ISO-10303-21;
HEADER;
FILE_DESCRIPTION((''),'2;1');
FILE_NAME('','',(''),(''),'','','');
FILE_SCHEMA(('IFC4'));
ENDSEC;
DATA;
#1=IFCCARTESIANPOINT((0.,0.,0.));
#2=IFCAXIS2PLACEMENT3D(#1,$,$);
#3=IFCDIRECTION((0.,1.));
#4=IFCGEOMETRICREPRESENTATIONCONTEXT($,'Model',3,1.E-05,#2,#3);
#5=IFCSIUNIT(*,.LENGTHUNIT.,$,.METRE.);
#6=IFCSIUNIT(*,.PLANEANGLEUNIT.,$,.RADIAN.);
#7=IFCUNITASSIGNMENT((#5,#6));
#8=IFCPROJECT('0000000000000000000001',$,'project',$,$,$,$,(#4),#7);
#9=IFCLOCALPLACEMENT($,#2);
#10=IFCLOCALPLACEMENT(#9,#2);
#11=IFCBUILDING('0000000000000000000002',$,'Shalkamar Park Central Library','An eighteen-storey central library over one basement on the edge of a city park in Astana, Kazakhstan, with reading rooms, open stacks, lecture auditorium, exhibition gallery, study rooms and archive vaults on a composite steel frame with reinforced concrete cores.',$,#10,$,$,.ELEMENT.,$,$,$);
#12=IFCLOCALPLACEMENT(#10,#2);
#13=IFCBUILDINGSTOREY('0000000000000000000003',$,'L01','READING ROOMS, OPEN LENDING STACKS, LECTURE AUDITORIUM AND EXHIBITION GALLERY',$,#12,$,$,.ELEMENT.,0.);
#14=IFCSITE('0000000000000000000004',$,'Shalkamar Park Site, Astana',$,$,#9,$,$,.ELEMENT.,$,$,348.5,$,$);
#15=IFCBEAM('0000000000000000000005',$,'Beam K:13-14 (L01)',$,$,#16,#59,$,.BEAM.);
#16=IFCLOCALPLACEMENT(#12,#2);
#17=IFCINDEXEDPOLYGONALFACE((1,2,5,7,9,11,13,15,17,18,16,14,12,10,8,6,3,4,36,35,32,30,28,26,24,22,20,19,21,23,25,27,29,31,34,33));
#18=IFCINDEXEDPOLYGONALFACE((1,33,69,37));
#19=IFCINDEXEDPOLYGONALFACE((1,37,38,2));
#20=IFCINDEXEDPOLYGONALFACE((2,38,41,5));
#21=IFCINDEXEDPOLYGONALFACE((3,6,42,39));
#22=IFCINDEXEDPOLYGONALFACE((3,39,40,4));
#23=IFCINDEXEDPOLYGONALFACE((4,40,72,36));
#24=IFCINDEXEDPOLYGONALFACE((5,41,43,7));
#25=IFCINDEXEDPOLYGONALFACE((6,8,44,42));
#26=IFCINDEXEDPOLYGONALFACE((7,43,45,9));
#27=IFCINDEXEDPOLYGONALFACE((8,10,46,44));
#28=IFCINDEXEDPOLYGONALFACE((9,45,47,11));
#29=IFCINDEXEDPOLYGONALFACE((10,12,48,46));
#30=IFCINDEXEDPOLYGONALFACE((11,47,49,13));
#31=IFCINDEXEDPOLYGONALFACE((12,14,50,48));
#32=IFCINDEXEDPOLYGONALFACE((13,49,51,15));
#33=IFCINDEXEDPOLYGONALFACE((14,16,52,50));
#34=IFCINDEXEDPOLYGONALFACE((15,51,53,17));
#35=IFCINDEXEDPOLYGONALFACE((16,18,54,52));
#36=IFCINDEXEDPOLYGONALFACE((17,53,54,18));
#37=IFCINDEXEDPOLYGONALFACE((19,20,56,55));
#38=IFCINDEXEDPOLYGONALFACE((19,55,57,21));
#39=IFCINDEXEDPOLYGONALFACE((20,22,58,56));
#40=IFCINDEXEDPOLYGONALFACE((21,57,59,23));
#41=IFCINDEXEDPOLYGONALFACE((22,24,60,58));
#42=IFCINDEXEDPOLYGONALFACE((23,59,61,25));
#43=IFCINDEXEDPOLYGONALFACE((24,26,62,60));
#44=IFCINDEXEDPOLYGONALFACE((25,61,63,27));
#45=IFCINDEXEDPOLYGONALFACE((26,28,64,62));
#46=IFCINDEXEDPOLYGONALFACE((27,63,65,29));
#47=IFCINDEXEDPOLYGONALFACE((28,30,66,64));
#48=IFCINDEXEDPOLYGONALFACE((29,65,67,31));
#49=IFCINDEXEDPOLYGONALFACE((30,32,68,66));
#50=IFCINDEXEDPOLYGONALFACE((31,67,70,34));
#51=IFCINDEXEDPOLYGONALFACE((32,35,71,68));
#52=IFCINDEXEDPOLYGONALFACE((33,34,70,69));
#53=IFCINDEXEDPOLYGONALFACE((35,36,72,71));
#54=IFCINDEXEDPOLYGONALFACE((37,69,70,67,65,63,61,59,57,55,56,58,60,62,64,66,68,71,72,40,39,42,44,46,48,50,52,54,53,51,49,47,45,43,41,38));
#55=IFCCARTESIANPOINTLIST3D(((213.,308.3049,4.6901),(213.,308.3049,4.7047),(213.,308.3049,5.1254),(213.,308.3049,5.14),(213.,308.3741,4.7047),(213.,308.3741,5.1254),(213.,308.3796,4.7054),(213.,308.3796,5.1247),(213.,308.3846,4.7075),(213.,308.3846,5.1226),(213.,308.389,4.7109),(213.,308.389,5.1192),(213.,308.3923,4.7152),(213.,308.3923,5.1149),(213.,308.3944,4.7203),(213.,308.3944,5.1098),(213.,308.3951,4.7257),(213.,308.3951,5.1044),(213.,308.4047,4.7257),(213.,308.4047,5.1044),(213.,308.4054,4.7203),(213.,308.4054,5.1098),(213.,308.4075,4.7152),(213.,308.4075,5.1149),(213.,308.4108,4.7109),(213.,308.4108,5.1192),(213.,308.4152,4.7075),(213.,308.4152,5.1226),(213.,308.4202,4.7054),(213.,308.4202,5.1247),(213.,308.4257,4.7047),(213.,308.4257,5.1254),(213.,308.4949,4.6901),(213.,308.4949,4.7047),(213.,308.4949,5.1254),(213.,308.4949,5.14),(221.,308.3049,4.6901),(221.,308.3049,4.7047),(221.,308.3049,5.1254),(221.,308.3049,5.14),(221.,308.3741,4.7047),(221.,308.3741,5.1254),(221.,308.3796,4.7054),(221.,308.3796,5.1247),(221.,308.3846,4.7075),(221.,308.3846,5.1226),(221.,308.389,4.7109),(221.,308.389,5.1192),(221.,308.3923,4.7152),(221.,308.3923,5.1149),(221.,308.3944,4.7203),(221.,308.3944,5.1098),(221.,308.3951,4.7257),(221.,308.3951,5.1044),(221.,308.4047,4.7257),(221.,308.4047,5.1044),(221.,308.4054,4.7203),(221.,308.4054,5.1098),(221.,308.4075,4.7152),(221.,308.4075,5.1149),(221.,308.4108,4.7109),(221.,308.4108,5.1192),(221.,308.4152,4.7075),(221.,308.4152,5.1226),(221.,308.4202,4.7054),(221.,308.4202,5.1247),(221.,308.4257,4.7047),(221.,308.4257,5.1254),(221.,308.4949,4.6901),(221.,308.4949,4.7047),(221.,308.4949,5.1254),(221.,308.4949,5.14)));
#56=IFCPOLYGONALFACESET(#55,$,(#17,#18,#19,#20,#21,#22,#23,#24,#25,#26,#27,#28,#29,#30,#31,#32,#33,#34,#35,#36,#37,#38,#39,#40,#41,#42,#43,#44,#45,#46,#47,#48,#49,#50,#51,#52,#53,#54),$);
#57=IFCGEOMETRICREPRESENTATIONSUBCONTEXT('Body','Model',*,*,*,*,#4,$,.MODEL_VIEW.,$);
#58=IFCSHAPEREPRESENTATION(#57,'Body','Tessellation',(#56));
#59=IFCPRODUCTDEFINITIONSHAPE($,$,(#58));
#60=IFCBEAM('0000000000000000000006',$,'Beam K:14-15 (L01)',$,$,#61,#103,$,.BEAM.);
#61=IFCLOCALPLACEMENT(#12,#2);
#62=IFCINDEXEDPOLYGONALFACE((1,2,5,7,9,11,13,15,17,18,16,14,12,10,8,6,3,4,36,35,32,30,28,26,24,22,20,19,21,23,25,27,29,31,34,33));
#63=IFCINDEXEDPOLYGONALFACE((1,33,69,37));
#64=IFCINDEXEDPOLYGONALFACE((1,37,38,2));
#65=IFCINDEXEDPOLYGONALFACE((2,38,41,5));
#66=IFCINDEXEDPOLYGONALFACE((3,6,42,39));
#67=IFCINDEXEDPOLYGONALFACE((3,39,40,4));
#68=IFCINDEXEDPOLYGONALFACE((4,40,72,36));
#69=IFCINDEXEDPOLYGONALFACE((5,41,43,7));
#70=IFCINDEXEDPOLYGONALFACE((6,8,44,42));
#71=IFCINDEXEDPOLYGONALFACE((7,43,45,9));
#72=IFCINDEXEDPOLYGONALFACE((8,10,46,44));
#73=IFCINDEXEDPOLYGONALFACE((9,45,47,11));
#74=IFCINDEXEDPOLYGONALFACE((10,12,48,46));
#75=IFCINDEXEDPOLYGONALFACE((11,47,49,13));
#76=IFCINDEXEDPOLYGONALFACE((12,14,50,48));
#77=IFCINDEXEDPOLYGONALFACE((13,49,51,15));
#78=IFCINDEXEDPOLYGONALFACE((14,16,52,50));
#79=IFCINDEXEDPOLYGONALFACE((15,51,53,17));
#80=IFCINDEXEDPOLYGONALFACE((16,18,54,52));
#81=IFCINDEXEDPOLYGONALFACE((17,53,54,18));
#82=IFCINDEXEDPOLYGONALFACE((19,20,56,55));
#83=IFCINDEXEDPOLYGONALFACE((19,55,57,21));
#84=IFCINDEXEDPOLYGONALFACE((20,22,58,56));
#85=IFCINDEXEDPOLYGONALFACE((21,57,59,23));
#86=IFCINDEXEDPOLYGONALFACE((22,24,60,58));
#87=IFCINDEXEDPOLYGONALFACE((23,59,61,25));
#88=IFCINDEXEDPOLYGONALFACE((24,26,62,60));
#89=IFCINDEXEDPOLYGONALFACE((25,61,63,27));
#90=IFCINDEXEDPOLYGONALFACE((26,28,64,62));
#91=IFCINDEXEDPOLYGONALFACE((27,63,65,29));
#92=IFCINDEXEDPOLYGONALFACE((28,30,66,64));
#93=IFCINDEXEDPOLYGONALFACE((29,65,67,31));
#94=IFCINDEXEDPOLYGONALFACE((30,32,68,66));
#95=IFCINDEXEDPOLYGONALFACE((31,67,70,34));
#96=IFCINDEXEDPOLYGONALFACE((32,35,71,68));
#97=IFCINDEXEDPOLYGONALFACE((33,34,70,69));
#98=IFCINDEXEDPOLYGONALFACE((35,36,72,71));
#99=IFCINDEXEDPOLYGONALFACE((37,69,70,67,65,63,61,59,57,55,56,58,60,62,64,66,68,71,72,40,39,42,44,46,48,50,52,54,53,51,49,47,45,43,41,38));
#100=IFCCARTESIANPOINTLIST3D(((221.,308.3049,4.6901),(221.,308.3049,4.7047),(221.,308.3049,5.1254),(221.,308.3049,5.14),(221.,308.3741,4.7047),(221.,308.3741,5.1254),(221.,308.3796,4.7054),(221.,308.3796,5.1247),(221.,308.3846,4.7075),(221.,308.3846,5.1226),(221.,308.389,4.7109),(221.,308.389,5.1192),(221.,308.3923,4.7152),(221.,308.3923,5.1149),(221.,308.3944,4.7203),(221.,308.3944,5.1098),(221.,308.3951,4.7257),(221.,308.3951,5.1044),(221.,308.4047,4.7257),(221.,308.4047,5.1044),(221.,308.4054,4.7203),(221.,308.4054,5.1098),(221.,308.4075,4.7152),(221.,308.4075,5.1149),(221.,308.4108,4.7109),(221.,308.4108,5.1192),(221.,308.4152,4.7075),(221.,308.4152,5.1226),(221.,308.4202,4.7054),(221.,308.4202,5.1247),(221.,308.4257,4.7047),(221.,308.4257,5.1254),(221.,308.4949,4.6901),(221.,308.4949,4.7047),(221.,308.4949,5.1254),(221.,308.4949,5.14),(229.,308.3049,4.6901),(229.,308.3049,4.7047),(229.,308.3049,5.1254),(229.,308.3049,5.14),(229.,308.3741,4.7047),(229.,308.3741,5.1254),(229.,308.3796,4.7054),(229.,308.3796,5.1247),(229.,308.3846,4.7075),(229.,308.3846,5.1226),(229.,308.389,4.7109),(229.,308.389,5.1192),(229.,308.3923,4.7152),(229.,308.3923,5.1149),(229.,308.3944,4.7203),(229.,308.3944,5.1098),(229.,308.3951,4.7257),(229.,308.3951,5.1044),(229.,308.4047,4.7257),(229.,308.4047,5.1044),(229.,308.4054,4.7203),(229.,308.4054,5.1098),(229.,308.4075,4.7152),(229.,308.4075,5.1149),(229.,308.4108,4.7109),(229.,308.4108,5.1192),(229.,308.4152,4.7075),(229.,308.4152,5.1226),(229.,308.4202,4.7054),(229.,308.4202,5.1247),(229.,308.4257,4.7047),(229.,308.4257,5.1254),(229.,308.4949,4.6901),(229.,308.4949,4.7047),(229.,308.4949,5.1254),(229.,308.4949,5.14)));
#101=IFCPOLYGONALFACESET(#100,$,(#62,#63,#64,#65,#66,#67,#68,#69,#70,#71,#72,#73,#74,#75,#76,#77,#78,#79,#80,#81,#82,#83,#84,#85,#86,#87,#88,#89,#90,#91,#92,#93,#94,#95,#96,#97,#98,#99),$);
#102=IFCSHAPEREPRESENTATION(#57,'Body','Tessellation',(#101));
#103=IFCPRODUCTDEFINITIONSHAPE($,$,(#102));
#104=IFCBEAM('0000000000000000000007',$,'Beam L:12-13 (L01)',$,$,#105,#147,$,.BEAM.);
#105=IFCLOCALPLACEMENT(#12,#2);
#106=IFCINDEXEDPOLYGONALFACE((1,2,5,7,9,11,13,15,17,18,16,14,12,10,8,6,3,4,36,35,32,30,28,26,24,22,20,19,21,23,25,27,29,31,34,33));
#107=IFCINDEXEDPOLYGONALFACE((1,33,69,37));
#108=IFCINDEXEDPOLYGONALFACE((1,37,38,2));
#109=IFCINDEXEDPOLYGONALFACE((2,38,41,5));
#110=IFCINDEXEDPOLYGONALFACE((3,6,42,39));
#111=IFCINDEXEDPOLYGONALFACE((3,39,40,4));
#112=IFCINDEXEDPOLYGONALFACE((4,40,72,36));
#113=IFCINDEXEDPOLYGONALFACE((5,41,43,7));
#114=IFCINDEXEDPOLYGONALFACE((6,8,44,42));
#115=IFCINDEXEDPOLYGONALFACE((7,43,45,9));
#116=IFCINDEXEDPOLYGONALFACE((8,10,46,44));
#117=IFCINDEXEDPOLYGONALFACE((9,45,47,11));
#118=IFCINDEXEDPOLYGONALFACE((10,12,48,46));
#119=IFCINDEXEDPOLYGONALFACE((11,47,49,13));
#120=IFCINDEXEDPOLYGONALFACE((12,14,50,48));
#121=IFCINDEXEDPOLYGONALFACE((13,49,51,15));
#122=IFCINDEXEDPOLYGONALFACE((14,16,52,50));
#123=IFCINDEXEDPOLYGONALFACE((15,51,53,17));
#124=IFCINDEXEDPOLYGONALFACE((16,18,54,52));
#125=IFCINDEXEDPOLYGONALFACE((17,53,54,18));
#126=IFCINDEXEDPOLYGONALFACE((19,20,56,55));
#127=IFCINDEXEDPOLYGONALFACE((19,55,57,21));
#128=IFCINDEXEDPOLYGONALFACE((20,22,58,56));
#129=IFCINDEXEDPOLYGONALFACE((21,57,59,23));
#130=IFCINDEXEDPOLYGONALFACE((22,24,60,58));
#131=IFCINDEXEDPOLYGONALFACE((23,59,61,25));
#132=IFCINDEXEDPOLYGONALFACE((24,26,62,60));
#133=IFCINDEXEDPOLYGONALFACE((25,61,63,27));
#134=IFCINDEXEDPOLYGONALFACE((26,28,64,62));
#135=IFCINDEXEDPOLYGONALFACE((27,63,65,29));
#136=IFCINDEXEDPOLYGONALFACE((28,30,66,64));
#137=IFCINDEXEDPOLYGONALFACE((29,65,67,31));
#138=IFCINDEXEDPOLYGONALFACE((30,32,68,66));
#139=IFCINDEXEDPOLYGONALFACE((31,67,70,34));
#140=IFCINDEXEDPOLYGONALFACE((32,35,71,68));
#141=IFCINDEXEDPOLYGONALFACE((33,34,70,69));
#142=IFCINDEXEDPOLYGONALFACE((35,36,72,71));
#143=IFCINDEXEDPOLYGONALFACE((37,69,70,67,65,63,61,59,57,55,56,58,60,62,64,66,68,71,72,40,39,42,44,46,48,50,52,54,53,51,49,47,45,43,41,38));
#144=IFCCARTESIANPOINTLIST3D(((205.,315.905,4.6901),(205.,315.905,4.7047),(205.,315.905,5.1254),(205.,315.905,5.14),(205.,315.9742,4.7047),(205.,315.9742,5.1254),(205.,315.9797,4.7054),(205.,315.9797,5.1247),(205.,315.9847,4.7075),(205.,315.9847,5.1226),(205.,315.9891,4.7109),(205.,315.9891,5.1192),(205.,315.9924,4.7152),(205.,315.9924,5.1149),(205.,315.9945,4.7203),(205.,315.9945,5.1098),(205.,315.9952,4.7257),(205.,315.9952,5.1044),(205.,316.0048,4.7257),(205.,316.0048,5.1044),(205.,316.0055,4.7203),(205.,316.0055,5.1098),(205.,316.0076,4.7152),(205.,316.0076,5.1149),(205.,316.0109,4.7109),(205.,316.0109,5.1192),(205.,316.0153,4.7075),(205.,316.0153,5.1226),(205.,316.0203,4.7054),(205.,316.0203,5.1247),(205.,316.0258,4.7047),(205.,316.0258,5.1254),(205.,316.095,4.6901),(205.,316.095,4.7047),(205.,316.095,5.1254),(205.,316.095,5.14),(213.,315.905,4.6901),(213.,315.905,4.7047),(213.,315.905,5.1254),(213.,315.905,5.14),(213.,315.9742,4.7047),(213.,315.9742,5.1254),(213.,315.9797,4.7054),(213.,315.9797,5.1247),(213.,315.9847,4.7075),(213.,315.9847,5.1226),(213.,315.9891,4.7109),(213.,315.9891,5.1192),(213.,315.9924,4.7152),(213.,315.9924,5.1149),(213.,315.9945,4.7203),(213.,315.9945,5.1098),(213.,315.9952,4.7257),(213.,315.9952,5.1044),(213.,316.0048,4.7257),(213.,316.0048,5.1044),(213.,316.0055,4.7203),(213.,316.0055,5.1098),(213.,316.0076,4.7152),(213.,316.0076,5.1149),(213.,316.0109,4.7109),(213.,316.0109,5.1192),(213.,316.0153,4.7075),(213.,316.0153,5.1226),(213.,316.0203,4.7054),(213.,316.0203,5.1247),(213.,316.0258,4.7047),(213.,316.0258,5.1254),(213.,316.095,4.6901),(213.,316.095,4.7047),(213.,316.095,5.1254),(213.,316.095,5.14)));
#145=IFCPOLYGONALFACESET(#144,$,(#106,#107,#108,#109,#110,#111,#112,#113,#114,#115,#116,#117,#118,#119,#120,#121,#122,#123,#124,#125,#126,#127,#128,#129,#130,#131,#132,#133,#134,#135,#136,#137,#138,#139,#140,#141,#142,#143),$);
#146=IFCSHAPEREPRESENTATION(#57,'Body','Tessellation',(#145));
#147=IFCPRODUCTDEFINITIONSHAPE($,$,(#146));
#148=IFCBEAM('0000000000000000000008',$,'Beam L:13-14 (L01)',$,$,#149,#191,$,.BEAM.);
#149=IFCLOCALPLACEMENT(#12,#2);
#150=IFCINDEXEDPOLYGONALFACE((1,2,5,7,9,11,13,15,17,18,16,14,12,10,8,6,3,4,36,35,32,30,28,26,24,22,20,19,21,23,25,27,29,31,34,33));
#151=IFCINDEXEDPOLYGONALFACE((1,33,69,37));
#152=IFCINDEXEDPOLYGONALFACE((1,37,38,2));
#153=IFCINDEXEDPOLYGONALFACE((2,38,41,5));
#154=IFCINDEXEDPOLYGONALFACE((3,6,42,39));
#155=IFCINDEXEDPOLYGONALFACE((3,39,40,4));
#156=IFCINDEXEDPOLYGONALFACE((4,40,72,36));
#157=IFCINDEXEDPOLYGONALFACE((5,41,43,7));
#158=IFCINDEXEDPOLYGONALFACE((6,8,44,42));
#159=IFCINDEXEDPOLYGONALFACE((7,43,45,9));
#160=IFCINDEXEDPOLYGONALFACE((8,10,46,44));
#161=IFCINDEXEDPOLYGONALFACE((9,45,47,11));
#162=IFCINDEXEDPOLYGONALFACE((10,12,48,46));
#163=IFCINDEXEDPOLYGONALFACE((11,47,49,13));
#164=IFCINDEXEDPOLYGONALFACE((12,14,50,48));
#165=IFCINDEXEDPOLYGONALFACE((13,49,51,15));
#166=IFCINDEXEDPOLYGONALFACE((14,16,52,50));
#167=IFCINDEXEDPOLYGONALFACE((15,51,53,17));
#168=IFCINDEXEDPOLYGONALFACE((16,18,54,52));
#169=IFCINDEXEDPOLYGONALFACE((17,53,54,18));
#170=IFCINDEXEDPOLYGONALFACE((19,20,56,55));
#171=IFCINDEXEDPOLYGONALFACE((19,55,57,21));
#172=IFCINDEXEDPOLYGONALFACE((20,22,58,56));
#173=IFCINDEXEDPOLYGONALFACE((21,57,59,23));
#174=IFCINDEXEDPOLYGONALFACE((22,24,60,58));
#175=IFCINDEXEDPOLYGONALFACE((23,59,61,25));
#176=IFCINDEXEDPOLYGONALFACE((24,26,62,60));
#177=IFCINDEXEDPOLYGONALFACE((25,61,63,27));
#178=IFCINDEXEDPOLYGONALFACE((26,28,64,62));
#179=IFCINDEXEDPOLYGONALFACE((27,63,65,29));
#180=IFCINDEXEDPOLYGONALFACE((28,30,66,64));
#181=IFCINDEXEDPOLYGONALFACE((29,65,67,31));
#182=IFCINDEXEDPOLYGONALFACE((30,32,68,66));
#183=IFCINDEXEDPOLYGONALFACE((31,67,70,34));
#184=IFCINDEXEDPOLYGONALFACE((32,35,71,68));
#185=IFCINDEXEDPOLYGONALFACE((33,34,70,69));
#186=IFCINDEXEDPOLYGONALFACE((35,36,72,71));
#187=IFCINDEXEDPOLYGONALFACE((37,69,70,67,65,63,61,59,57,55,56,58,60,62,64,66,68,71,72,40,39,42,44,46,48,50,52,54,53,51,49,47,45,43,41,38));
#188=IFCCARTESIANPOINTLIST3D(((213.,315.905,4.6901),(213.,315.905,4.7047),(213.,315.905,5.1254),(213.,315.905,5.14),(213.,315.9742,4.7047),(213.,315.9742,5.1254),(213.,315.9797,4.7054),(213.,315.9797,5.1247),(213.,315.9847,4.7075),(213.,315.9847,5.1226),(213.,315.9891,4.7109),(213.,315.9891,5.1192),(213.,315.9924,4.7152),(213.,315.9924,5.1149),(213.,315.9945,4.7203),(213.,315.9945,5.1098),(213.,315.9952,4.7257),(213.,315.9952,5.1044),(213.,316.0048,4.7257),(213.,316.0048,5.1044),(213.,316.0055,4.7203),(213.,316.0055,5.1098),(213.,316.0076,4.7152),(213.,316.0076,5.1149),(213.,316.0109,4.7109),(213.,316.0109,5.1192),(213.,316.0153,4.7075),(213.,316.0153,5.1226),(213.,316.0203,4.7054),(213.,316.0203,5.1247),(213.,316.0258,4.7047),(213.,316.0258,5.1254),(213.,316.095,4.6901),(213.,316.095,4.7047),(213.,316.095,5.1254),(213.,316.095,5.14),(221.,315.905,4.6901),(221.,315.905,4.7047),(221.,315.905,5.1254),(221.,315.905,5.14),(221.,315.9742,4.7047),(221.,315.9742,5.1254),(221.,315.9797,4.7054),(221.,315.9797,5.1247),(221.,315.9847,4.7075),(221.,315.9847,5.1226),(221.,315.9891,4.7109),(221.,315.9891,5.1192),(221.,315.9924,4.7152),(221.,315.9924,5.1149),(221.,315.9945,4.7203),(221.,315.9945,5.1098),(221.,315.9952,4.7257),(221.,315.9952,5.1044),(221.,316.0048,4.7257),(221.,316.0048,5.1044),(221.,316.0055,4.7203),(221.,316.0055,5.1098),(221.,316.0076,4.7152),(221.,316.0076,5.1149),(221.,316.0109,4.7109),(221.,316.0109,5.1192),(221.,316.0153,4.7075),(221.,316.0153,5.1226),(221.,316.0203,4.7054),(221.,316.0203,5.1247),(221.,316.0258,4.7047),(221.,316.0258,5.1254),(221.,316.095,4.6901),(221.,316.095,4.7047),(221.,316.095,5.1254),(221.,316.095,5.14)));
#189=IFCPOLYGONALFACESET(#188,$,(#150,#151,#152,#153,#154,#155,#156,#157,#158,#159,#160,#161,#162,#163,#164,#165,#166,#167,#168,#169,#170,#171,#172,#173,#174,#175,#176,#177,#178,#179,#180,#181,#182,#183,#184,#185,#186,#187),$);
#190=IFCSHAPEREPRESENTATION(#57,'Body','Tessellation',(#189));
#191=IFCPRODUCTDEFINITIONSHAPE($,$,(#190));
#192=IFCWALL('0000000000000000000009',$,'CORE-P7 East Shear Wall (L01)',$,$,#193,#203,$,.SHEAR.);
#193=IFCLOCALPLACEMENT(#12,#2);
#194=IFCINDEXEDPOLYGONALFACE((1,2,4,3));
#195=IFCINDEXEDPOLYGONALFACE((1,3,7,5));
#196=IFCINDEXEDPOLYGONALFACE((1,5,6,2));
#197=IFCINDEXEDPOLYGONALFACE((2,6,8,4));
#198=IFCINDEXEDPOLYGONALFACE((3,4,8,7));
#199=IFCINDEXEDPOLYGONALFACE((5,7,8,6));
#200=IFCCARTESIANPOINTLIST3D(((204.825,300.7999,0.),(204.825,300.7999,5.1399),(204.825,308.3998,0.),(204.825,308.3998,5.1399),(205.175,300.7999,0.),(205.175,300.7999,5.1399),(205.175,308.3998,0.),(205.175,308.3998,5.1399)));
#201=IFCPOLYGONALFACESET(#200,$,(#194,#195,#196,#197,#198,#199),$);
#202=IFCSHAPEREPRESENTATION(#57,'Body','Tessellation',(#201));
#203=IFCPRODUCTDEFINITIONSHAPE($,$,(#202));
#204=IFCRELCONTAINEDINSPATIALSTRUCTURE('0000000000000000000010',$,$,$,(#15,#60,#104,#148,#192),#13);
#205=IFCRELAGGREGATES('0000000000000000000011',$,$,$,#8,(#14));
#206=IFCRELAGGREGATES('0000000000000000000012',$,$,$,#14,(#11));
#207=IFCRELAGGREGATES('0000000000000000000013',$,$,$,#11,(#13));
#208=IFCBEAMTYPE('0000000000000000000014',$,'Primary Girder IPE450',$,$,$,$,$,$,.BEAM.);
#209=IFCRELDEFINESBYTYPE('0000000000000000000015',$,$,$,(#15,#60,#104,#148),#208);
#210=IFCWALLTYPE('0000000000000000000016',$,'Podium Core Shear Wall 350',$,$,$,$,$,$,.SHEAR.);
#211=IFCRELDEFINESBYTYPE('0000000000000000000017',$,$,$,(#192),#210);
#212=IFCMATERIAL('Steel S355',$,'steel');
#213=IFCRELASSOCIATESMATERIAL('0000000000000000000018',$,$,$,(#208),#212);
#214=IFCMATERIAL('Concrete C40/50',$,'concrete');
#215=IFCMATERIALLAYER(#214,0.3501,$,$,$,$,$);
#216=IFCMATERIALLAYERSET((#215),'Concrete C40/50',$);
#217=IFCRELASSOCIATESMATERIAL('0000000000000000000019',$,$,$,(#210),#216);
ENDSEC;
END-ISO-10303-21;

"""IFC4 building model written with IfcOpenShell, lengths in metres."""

from ifc_helpers import new_model, si_unit, direction, frame, frame_2d, origin, origin_2d, place, context, subcontext, project, spatial, rectangle, i_section, extrude, material, layer, layer_set, material_profile, profile_set, type_object, element, save


model = new_model("IFC4")

# Units and contexts
model_context = context("Model", 3, precision=1e-05, world=origin(), true_north=direction((0.0, 1.0)))
body_context = subcontext(model_context, "Body", "Model", "MODEL_VIEW")
ifc_project = project(units=[si_unit("LENGTHUNIT", "METRE"), si_unit("PLANEANGLEUNIT", "RADIAN")], contexts=[model_context])

# Site, building, storey
site_placement = place(None, origin())
site = spatial("IfcSite", under=ifc_project, at=site_placement, Name="Shalkamar Park Site, Astana", CompositionType="ELEMENT", RefElevation=348.5)
building_placement = place(site_placement, origin())
building = spatial("IfcBuilding", under=site, at=building_placement, Name="Shalkamar Park Central Library", Description="An eighteen-storey central library over one basement on the edge of a city park in Astana, Kazakhstan, with reading rooms, open stacks, lecture auditorium, exhibition gallery, study rooms and archive vaults on a composite steel frame with reinforced concrete cores.", CompositionType="ELEMENT")
storey_placement = place(building_placement, origin())
storey = spatial("IfcBuildingStorey", under=building, at=storey_placement, Name="L01", Description="READING ROOMS, OPEN LENDING STACKS, LECTURE AUDITORIUM AND EXHIBITION GALLERY", CompositionType="ELEMENT", Elevation=0.0)

# Shared definitions
ifc_material_1 = material(Name="Steel S355", Category="steel")

# Beams
ifc_material_profile_1 = material_profile(ifc_material_1, i_section(OverallWidth=0.1899, OverallDepth=0.45, WebThickness=0.0095, FlangeThickness=0.0146, FilletRadius=0.021, at=origin_2d()), Name="IPE 450")
ifc_profile_set_1 = profile_set([ifc_material_profile_1], Name="Steel S355")
beam_type_1 = type_object("IfcBeamType", Name="Primary Girder IPE450", PredefinedType="BEAM", material=ifc_profile_set_1)
for number, where, z_axis, x_axis, name in (
    (1, (213.0, 308.3999, 4.915), (1.0, 0.0, 0.0), (0.0, 1.0, 0.0), "Beam K:13-14 (L01)"),
    (2, (221.0, 308.3999, 4.915), (1.0, 0.0, 0.0), (0.0, 1.0, 0.0), "Beam K:14-15 (L01)"),
    (3, (205.0, 316.0, 4.915), (1.0, 0.0, 0.0), (0.0, 1.0, 0.0), "Beam L:12-13 (L01)"),
    (4, (213.0, 316.0, 4.915), (1.0, 0.0, 0.0), (0.0, 1.0, 0.0), "Beam L:13-14 (L01)"),
):
    element("IfcBeam", number, at=place(storey_placement, frame(where, z_axis=z_axis, x_axis=x_axis)), inside=storey, type_object=beam_type_1, Name=name, PredefinedType="BEAM", context=body_context, shape_type="SweptSolid", body=[
        extrude(i_section(OverallWidth=0.1899, OverallDepth=0.45, WebThickness=0.0095, FlangeThickness=0.0146, FilletRadius=0.021, at=origin_2d()), origin(), (0.0, 0.0, 1.0), 8.0),
    ])

# Wall
ifc_material_2 = material(Name="Concrete C40/50", Category="concrete")
ifc_layer = layer(ifc_material_2, 0.3501)
ifc_layer_set = layer_set([ifc_layer], Name="Concrete C40/50")
wall_type = type_object("IfcWallType", Name="Podium Core Shear Wall 350", PredefinedType="SHEAR", material=ifc_layer_set)
wall_placement = place(storey_placement, frame((205.0, 300.8, 0.0), z_axis=(0.0, 0.0, 1.0), x_axis=(0.0, 1.0, 0.0)))
element("IfcWall", 5, at=wall_placement, inside=storey, type_object=wall_type, Name="CORE-P7 East Shear Wall (L01)", PredefinedType="SHEAR", context=body_context, shape_type="SweptSolid", body=[
    extrude(rectangle(XDim=7.5999, YDim=0.3501, at=frame_2d((3.7998, 0.0))), origin(), (0.0, 0.0, 1.0), 5.1399),
])

save(model, "model.ifc")
